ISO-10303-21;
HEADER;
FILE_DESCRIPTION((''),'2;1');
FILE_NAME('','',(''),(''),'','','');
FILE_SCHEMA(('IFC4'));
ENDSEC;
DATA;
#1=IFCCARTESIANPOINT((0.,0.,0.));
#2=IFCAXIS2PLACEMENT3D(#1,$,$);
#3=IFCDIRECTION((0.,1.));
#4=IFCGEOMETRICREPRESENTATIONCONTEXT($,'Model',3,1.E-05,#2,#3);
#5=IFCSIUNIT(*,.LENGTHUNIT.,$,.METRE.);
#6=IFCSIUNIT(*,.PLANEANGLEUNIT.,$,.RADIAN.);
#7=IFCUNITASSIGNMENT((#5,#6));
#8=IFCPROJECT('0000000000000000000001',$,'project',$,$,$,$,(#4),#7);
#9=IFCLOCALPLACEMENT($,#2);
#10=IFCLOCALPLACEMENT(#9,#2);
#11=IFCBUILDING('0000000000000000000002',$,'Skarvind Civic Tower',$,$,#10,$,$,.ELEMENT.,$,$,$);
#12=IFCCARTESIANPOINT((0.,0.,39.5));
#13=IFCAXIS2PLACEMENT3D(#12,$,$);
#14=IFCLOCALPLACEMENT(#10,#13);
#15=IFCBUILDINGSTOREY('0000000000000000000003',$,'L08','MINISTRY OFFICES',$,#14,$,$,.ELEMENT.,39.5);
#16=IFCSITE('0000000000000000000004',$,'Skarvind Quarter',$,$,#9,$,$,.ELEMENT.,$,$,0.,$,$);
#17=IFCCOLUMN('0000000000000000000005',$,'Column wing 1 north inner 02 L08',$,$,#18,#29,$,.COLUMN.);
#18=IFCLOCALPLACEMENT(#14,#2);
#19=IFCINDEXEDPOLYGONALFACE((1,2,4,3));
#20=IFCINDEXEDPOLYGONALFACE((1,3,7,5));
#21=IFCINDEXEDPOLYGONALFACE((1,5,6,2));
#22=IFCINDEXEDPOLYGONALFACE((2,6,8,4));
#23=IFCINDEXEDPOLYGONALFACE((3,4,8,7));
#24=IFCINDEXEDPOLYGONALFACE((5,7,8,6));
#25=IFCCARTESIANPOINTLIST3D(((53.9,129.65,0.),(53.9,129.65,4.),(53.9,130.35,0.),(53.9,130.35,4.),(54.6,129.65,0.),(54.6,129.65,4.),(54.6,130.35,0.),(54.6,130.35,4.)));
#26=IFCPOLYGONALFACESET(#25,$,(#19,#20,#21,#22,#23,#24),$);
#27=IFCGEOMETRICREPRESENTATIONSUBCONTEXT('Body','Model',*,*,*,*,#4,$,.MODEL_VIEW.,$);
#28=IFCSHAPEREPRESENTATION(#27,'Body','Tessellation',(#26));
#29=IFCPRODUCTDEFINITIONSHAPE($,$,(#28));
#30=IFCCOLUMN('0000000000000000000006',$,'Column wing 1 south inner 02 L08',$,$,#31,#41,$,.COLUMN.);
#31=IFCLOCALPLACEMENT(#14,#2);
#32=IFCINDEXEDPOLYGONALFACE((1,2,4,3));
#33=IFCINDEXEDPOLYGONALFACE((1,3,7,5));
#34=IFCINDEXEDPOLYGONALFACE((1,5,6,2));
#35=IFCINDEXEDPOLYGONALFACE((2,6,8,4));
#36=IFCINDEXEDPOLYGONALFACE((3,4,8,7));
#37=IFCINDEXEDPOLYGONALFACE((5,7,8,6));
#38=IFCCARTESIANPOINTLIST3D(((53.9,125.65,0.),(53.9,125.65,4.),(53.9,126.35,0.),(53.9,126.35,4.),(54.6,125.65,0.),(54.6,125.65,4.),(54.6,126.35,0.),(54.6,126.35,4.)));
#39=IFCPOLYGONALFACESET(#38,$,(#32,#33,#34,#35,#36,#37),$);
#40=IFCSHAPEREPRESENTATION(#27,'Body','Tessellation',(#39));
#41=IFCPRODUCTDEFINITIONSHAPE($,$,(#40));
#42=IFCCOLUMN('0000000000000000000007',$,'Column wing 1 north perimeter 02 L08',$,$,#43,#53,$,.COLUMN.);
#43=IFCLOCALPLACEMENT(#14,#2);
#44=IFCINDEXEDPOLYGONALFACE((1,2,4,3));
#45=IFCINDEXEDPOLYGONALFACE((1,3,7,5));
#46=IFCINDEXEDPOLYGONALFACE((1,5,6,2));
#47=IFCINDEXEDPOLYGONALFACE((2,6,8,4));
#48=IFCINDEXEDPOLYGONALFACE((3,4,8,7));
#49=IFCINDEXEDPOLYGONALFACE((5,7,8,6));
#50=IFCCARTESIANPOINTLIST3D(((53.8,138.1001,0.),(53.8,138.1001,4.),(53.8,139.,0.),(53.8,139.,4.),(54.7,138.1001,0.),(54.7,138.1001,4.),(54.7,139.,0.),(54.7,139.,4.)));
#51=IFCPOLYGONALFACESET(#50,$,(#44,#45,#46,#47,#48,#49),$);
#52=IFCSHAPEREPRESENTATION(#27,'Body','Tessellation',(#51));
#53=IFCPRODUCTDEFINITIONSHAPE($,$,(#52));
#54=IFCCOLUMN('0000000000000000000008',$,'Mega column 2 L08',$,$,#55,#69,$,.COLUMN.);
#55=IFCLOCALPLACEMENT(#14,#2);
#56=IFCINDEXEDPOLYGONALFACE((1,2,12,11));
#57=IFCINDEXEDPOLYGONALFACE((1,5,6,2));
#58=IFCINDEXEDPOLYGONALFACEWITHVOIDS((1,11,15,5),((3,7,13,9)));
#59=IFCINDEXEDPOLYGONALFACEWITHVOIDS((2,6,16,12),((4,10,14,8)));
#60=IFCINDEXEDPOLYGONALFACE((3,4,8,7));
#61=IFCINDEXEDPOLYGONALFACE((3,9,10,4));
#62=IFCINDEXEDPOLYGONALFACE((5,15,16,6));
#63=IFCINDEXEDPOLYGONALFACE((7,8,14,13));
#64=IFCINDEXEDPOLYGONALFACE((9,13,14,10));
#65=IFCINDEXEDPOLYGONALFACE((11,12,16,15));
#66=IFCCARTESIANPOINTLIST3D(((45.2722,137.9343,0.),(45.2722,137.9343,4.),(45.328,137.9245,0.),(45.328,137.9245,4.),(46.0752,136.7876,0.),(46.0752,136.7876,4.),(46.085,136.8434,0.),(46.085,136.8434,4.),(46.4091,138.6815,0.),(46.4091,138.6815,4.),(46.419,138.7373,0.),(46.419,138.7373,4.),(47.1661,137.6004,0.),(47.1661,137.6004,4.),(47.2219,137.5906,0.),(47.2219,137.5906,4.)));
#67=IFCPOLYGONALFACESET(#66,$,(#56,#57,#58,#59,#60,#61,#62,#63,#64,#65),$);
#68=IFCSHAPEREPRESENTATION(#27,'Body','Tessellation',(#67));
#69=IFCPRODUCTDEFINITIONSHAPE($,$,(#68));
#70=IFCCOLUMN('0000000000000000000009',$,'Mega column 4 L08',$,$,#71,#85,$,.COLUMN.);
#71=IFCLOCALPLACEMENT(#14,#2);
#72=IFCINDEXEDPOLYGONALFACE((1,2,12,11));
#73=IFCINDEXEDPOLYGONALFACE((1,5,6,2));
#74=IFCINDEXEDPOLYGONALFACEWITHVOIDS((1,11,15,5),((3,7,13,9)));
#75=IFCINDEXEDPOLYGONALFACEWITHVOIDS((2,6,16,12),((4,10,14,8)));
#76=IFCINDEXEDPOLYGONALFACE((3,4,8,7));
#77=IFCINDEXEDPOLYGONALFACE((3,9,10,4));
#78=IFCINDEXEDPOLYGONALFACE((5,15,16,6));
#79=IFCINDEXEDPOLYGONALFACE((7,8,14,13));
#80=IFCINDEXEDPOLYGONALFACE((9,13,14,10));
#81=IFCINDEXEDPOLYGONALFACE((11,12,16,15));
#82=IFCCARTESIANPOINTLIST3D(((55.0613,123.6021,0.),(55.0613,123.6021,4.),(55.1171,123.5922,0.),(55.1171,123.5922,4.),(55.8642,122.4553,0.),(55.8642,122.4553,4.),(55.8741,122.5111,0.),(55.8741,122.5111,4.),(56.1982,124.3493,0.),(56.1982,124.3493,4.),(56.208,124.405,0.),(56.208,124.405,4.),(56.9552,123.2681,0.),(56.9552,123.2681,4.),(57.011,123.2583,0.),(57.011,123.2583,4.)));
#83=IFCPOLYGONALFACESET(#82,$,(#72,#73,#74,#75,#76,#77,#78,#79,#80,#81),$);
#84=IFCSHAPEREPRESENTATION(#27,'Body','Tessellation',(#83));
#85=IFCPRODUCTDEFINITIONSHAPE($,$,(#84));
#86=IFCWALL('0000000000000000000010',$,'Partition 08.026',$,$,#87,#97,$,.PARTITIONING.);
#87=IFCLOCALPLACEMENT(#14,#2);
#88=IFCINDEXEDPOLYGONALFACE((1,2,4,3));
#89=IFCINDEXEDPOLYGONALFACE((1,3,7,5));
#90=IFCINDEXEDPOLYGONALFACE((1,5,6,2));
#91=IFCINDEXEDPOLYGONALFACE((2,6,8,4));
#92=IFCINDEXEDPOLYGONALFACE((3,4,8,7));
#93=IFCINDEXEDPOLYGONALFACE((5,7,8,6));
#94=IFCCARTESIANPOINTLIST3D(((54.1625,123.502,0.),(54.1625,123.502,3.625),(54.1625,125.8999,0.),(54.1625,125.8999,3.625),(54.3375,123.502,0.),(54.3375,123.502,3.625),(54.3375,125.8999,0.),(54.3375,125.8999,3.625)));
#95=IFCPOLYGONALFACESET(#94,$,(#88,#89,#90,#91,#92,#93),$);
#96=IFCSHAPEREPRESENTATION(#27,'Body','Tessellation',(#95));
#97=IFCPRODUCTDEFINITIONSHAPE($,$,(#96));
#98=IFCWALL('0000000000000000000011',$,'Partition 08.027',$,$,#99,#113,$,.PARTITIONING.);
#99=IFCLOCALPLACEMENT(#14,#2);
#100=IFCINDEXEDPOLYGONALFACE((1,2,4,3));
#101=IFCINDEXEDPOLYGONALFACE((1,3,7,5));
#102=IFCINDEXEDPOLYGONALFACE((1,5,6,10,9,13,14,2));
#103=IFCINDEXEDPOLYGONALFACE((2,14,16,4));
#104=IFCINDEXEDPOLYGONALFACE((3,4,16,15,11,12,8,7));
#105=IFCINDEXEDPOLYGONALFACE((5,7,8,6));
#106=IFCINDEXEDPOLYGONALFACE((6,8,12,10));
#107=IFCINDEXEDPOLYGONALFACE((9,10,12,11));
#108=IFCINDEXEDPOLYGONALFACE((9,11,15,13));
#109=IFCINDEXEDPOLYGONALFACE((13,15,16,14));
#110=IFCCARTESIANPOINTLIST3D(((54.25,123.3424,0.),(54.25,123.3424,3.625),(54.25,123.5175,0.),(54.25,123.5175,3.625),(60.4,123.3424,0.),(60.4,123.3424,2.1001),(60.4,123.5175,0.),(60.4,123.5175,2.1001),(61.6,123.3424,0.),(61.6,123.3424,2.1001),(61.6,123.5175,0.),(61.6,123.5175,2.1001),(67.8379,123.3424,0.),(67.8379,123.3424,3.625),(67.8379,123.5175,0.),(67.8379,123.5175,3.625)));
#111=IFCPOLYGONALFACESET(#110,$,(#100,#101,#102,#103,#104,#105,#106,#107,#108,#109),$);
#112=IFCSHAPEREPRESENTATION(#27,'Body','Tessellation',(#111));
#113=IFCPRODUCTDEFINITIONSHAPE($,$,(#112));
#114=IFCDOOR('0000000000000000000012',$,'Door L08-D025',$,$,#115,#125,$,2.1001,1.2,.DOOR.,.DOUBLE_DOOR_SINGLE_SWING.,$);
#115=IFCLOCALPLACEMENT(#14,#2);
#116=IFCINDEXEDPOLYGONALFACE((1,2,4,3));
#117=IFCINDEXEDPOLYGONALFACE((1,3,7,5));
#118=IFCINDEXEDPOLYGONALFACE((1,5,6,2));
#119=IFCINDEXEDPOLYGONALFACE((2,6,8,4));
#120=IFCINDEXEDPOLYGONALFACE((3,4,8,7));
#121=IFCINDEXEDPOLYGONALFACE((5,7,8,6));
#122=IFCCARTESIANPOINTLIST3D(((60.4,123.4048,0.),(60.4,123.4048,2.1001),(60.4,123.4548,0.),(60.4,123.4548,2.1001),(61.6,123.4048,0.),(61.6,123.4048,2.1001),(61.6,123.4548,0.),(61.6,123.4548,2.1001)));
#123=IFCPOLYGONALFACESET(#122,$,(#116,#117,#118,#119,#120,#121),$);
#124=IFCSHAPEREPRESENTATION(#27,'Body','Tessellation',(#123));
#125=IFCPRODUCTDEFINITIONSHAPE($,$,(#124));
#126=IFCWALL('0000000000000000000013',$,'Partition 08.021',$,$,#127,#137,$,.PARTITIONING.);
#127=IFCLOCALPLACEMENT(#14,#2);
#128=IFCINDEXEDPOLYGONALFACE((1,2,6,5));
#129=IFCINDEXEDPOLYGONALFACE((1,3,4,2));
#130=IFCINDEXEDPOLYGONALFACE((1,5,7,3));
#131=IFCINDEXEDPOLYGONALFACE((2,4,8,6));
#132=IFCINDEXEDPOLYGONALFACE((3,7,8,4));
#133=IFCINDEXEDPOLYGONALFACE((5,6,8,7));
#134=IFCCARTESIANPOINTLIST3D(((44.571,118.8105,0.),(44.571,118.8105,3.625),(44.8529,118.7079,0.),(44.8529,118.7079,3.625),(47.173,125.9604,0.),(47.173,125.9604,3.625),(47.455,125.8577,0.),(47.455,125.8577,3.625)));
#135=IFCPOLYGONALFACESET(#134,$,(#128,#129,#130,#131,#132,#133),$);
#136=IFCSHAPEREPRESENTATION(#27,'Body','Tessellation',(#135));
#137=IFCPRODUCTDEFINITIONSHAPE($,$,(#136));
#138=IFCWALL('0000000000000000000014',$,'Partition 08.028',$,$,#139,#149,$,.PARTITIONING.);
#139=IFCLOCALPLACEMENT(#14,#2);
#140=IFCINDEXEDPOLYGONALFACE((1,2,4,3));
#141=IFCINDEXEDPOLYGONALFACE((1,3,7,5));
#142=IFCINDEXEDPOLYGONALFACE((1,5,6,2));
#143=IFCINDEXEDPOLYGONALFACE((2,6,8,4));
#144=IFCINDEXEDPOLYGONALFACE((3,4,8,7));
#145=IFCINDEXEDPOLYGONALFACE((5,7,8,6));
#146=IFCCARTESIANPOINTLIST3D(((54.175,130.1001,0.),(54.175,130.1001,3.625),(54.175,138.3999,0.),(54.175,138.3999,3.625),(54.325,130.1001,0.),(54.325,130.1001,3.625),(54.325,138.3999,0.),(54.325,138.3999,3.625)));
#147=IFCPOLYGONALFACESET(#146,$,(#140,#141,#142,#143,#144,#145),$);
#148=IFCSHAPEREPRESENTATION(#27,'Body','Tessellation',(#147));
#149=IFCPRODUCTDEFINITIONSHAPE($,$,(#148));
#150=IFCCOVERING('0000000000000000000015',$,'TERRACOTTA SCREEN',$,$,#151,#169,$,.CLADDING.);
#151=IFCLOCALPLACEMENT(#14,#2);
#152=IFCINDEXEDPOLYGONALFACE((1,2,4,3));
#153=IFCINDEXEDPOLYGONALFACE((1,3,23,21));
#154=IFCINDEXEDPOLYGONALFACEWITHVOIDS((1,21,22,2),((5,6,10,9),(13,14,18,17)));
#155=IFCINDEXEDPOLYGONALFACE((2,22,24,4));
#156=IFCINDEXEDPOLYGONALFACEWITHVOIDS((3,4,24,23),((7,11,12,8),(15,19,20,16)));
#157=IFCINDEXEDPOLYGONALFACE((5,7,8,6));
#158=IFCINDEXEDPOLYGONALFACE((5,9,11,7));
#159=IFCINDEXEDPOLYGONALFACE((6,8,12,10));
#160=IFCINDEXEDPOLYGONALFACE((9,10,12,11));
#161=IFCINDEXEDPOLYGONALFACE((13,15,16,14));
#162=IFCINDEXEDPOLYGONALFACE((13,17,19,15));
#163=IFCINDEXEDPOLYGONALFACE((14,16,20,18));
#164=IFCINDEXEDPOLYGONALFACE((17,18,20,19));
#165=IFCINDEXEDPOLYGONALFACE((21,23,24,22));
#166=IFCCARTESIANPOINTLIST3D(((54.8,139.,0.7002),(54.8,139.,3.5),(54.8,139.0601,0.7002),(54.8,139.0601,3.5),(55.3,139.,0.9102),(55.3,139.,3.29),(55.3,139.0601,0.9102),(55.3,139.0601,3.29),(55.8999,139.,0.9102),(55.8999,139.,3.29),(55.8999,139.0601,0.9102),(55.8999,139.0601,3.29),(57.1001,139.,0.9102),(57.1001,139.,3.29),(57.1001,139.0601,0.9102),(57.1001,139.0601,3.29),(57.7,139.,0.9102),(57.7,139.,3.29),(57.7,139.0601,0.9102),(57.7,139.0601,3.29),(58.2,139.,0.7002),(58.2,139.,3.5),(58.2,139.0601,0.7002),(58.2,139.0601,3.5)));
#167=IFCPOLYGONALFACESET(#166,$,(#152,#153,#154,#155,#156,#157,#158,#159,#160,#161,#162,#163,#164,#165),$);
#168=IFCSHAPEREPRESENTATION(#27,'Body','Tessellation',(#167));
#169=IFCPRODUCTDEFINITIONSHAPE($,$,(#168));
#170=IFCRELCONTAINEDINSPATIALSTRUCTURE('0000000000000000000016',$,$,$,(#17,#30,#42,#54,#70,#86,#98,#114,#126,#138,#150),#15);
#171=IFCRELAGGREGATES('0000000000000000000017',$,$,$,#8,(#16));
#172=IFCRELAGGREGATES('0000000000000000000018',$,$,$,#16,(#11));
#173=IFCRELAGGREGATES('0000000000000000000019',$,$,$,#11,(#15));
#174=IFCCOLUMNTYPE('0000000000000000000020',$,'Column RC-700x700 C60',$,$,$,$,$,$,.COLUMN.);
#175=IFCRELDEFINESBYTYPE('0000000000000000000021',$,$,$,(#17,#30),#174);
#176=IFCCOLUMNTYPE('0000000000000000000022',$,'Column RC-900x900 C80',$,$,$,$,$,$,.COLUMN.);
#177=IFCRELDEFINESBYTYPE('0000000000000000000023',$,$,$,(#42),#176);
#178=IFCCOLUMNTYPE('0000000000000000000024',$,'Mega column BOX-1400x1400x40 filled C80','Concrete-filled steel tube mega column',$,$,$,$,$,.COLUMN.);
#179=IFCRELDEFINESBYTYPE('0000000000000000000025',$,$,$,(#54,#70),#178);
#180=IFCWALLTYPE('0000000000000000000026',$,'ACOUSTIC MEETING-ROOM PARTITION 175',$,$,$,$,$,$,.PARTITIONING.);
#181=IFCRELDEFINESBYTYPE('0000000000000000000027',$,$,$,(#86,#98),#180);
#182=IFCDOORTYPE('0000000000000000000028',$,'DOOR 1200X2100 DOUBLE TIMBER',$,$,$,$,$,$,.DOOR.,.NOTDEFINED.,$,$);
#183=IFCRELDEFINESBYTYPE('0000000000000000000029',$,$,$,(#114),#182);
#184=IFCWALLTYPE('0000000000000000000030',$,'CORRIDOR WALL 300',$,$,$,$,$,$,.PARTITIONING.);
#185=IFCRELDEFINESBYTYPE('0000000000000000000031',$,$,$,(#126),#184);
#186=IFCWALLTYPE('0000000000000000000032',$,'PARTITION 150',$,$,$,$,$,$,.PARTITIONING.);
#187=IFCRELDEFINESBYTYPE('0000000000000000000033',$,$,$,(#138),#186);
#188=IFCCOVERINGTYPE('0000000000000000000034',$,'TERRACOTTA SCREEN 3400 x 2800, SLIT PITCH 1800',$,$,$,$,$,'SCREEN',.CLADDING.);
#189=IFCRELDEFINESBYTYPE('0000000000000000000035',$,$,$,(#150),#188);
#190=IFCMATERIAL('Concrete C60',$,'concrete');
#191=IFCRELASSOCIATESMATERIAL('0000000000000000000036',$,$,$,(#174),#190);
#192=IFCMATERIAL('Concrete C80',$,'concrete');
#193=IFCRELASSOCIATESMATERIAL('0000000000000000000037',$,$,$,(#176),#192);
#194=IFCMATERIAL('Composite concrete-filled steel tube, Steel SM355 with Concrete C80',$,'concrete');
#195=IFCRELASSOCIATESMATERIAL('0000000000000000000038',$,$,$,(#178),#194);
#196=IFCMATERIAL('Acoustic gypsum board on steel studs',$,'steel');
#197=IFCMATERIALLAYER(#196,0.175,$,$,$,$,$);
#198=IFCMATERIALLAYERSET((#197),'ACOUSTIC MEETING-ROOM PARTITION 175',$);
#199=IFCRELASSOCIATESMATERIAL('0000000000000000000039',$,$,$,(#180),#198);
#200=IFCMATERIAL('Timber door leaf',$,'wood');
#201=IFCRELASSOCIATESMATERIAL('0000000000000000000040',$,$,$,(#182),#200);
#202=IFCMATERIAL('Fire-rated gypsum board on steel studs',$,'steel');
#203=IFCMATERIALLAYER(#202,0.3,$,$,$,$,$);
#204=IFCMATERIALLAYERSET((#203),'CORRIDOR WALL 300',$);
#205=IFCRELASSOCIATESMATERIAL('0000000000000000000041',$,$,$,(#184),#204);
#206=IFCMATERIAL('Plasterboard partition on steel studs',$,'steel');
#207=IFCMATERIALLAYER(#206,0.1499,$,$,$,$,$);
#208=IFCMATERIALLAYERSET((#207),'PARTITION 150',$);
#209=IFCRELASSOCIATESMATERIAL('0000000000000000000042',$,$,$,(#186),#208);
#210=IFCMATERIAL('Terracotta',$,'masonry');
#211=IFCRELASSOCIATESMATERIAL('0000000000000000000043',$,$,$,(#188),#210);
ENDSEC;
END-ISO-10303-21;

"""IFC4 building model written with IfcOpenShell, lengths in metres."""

from ifc_helpers import new_model, si_unit, direction, frame, frame_2d, origin, origin_2d, place, context, subcontext, project, spatial, polyline, rectangle, hollow_rectangle, outline, extrude, material, layer, layer_set, material_profile, profile_set, type_object, element, fill, save


model = new_model("IFC4")

# Units and contexts
model_context = context("Model", 3, precision=1e-05, world=origin(), true_north=direction((0.0, 1.0)))
body_context = subcontext(model_context, "Body", "Model", "MODEL_VIEW")
ifc_project = project(units=[si_unit("LENGTHUNIT", "METRE"), si_unit("PLANEANGLEUNIT", "RADIAN")], contexts=[model_context])

# Site, building, storey
site_placement = place(None, origin())
site = spatial("IfcSite", under=ifc_project, at=site_placement, Name="Skarvind Quarter", CompositionType="ELEMENT", RefElevation=0.0)
building_placement = place(site_placement, origin())
building = spatial("IfcBuilding", under=site, at=building_placement, Name="Skarvind Civic Tower", CompositionType="ELEMENT")
storey_placement = place(building_placement, frame((0.0, 0.0, 39.5)))
storey = spatial("IfcBuildingStorey", under=building, at=storey_placement, Name="L08", Description="MINISTRY OFFICES", CompositionType="ELEMENT", Elevation=39.5)

# Columns
ifc_material_1 = material(Name="Concrete C60", Category="concrete")
ifc_material_profile_1 = material_profile(ifc_material_1, rectangle(XDim=0.7, YDim=0.7, at=origin_2d()), Name="RC-700x700")
ifc_profile_set_1 = profile_set([ifc_material_profile_1], Name="Concrete C60")
column_type_1 = type_object("IfcColumnType", Name="Column RC-700x700 C60", PredefinedType="COLUMN", material=ifc_profile_set_1)
for number, where, z_axis, x_axis, name in (
    (1, (54.25, 130.0, 0.0), (0.0, 0.0, 1.0), (1.0, 0.0, 0.0), "Column wing 1 north inner 02 L08"),
    (2, (54.25, 126.0, 0.0), (0.0, 0.0, 1.0), (1.0, 0.0, 0.0), "Column wing 1 south inner 02 L08"),
):
    element("IfcColumn", number, at=place(storey_placement, frame(where, z_axis=z_axis, x_axis=x_axis)), inside=storey, type_object=column_type_1, Name=name, PredefinedType="COLUMN", context=body_context, shape_type="SweptSolid", body=[
        extrude(rectangle(XDim=0.7, YDim=0.7, at=origin_2d()), origin(), (0.0, 0.0, 1.0), 4.0),
    ])
ifc_material_2 = material(Name="Concrete C80", Category="concrete")
ifc_material_profile_2 = material_profile(ifc_material_2, rectangle(XDim=0.8999, YDim=0.8999, at=origin_2d()), Name="RC-900x900")
ifc_profile_set_2 = profile_set([ifc_material_profile_2], Name="Concrete C80")
column_type_2 = type_object("IfcColumnType", Name="Column RC-900x900 C80", PredefinedType="COLUMN", material=ifc_profile_set_2)
column_placement = place(storey_placement, frame((54.25, 138.55, 0.0), z_axis=(0.0, 0.0, 1.0), x_axis=(1.0, 0.0, 0.0)))
element("IfcColumn", 3, at=column_placement, inside=storey, type_object=column_type_2, Name="Column wing 1 north perimeter 02 L08", PredefinedType="COLUMN", context=body_context, shape_type="SweptSolid", body=[
    extrude(rectangle(XDim=0.8999, YDim=0.8999, at=origin_2d()), origin(), (0.0, 0.0, 1.0), 4.0),
])
ifc_material_3 = material(Name="Composite concrete-filled steel tube, Steel SM355 with Concrete C80", Category="concrete")
ifc_material_profile_3 = material_profile(ifc_material_3, hollow_rectangle(XDim=1.3999, YDim=1.3999, WallThickness=0.04, at=origin_2d()), Name="BOX-1400x1400x40")
ifc_profile_set_3 = profile_set([ifc_material_profile_3], Name="Composite concrete-filled steel tube, Steel SM355 with Concrete C80")
column_type_3 = type_object("IfcColumnType", Name="Mega column BOX-1400x1400x40 filled C80", Description="Concrete-filled steel tube mega column", PredefinedType="COLUMN", material=ifc_profile_set_3)
for number, where, z_axis, x_axis, name in (
    (4, (46.2471, 137.7625, 0.0), (0.0, 0.0, 1.0), (0.573576, -0.819152, 0.0), "Mega column 2 L08"),
    (5, (56.0361, 123.4302, 0.0), (0.0, 0.0, 1.0), (0.573576, -0.819152, 0.0), "Mega column 4 L08"),
):
    element("IfcColumn", number, at=place(storey_placement, frame(where, z_axis=z_axis, x_axis=x_axis)), inside=storey, type_object=column_type_3, Name=name, PredefinedType="COLUMN", context=body_context, shape_type="SweptSolid", body=[
        extrude(hollow_rectangle(XDim=1.3999, YDim=1.3999, WallThickness=0.04, at=origin_2d()), origin(), (0.0, 0.0, 1.0), 4.0),
    ])

# Wall
ifc_material_4 = material(Name="Acoustic gypsum board on steel studs", Category="steel")
ifc_layer_1 = layer(ifc_material_4, 0.175)
ifc_layer_set_1 = layer_set([ifc_layer_1], Name="ACOUSTIC MEETING-ROOM PARTITION 175")
wall_type_1 = type_object("IfcWallType", Name="ACOUSTIC MEETING-ROOM PARTITION 175", PredefinedType="PARTITIONING", material=ifc_layer_set_1)
wall_1_placement = place(storey_placement, frame((54.25, 123.502, 0.0), z_axis=(0.0, 0.0, 1.0), x_axis=(0.0, 1.0, 0.0)))
element("IfcWall", 6, at=wall_1_placement, inside=storey, type_object=wall_type_1, Name="Partition 08.026", PredefinedType="PARTITIONING", context=body_context, shape_type="SweptSolid", body=[
    extrude(rectangle(XDim=2.3979, YDim=0.175, at=frame_2d((1.199, 0.0))), origin(), (0.0, 0.0, 1.0), 3.625),
])

# Wall, opening, door
wall_2_placement = place(storey_placement, frame((54.25, 123.4299, 0.0), z_axis=(0.0, 0.0, 1.0), x_axis=(1.0, 0.0, 0.0)))
wall_2 = element("IfcWall", 7, at=wall_2_placement, inside=storey, type_object=wall_type_1, Name="Partition 08.027", PredefinedType="PARTITIONING", context=body_context, shape_type="SweptSolid", body=[
    extrude(rectangle(XDim=13.5879, YDim=0.175, at=frame_2d((6.7939, 0.0))), origin(), (0.0, 0.0, 1.0), 3.625),
])
opening_1_placement = place(wall_2_placement, frame((6.1499, 0.0, 0.0)))
opening_1 = element("IfcOpeningElement", 8, at=opening_1_placement, cuts=wall_2, PredefinedType="OPENING", context=body_context, shape_type="SweptSolid", body=[
    extrude(rectangle(XDim=1.2, YDim=2.1001, at=frame_2d((0.6001, 1.05))), frame((0.0, 0.0974, 0.0), z_axis=(0.0, -1.0, 0.0), x_axis=(1.0, 0.0, 0.0)), (0.0, 0.0, 1.0), 0.1951),
])
ifc_material_5 = material(Name="Timber door leaf", Category="wood")
door_type = type_object("IfcDoorType", Name="DOOR 1200X2100 DOUBLE TIMBER", OperationType="NOTDEFINED", PredefinedType="DOOR", material=ifc_material_5)
door_placement = place(opening_1_placement, origin())
door = element("IfcDoor", 9, at=door_placement, inside=storey, type_object=door_type, Name="Door L08-D025", OperationType="DOUBLE_DOOR_SINGLE_SWING", OverallHeight=2.1001, OverallWidth=1.2, PredefinedType="DOOR", context=body_context, shape_type="SweptSolid", body=[
    extrude(rectangle(XDim=1.2, YDim=2.1001, at=frame_2d((0.6001, 1.05))), frame((0.0, 0.0249, 0.0), z_axis=(0.0, -1.0, 0.0), x_axis=(1.0, 0.0, 0.0)), (0.0, 0.0, 1.0), 0.05),
])
fill(opening_1, door)

# Walls
ifc_material_6 = material(Name="Fire-rated gypsum board on steel studs", Category="steel")
ifc_layer_2 = layer(ifc_material_6, 0.3)
ifc_layer_set_2 = layer_set([ifc_layer_2], Name="CORRIDOR WALL 300")
wall_type_2 = type_object("IfcWallType", Name="CORRIDOR WALL 300", PredefinedType="PARTITIONING", material=ifc_layer_set_2)
wall_3_placement = place(storey_placement, frame((47.314, 125.9089, 0.0), z_axis=(0.0, 0.0, 1.0), x_axis=(-0.341985, -0.939705, 0.0)))
element("IfcWall", 10, at=wall_3_placement, inside=storey, type_object=wall_type_2, Name="Partition 08.021", PredefinedType="PARTITIONING", context=body_context, shape_type="SweptSolid", body=[
    extrude(rectangle(XDim=7.6086, YDim=0.3, at=frame_2d((3.8042, 0.0))), origin(), (0.0, 0.0, 1.0), 3.625),
])
ifc_material_7 = material(Name="Plasterboard partition on steel studs", Category="steel")
ifc_layer_3 = layer(ifc_material_7, 0.1499)
ifc_layer_set_3 = layer_set([ifc_layer_3], Name="PARTITION 150")
wall_type_3 = type_object("IfcWallType", Name="PARTITION 150", PredefinedType="PARTITIONING", material=ifc_layer_set_3)
wall_4_placement = place(storey_placement, frame((54.25, 138.3999, 0.0), z_axis=(0.0, 0.0, 1.0), x_axis=(0.0, -1.0, 0.0)))
element("IfcWall", 11, at=wall_4_placement, inside=storey, type_object=wall_type_3, Name="Partition 08.028", PredefinedType="PARTITIONING", context=body_context, shape_type="SweptSolid", body=[
    extrude(rectangle(XDim=8.2998, YDim=0.1499, at=frame_2d((4.1499, 0.0))), origin(), (0.0, 0.0, 1.0), 3.625),
])

# Covering
ifc_material_8 = material(Name="Terracotta", Category="masonry")
ifc_material_profile_4 = material_profile(ifc_material_8, outline(polyline([(-1.7, -1.3999), (1.7, -1.3999), (1.7, 1.3999), (-1.7, 1.3999), (-1.7, -1.3999)]), holes=[polyline([(-1.2, -1.1899), (-0.6001, -1.1899), (-0.6001, 1.1899), (-1.2, 1.1899), (-1.2, -1.1899)]), polyline([(0.6001, -1.1899), (1.2, -1.1899), (1.2, 1.1899), (0.6001, 1.1899), (0.6001, -1.1899)])]), Name="TERRACOTTA SCREEN 3400 x 2800, SLIT PITCH 1800")
ifc_profile_set_4 = profile_set([ifc_material_profile_4], Name="Terracotta")
covering_type = type_object("IfcCoveringType", Name="TERRACOTTA SCREEN 3400 x 2800, SLIT PITCH 1800", ElementType="SCREEN", PredefinedType="CLADDING", material=ifc_profile_set_4)
covering_placement = place(storey_placement, frame((56.5, 139.0, 2.1001), z_axis=(0.0, 1.0, 0.0), x_axis=(-1.0, 0.0, 0.0)))
element("IfcCovering", 12, at=covering_placement, inside=storey, type_object=covering_type, Name="TERRACOTTA SCREEN", PredefinedType="CLADDING", context=body_context, shape_type="SweptSolid", body=[
    extrude(outline(polyline([(-1.7, -1.3999), (1.7, -1.3999), (1.7, 1.3999), (-1.7, 1.3999), (-1.7, -1.3999)]), holes=[polyline([(-1.2, -1.1899), (-0.6001, -1.1899), (-0.6001, 1.1899), (-1.2, 1.1899), (-1.2, -1.1899)]), polyline([(0.6001, -1.1899), (1.2, -1.1899), (1.2, 1.1899), (0.6001, 1.1899), (0.6001, -1.1899)])]), origin(), (0.0, 0.0, 1.0), 0.0601),
])

save(model, "model.ifc")
